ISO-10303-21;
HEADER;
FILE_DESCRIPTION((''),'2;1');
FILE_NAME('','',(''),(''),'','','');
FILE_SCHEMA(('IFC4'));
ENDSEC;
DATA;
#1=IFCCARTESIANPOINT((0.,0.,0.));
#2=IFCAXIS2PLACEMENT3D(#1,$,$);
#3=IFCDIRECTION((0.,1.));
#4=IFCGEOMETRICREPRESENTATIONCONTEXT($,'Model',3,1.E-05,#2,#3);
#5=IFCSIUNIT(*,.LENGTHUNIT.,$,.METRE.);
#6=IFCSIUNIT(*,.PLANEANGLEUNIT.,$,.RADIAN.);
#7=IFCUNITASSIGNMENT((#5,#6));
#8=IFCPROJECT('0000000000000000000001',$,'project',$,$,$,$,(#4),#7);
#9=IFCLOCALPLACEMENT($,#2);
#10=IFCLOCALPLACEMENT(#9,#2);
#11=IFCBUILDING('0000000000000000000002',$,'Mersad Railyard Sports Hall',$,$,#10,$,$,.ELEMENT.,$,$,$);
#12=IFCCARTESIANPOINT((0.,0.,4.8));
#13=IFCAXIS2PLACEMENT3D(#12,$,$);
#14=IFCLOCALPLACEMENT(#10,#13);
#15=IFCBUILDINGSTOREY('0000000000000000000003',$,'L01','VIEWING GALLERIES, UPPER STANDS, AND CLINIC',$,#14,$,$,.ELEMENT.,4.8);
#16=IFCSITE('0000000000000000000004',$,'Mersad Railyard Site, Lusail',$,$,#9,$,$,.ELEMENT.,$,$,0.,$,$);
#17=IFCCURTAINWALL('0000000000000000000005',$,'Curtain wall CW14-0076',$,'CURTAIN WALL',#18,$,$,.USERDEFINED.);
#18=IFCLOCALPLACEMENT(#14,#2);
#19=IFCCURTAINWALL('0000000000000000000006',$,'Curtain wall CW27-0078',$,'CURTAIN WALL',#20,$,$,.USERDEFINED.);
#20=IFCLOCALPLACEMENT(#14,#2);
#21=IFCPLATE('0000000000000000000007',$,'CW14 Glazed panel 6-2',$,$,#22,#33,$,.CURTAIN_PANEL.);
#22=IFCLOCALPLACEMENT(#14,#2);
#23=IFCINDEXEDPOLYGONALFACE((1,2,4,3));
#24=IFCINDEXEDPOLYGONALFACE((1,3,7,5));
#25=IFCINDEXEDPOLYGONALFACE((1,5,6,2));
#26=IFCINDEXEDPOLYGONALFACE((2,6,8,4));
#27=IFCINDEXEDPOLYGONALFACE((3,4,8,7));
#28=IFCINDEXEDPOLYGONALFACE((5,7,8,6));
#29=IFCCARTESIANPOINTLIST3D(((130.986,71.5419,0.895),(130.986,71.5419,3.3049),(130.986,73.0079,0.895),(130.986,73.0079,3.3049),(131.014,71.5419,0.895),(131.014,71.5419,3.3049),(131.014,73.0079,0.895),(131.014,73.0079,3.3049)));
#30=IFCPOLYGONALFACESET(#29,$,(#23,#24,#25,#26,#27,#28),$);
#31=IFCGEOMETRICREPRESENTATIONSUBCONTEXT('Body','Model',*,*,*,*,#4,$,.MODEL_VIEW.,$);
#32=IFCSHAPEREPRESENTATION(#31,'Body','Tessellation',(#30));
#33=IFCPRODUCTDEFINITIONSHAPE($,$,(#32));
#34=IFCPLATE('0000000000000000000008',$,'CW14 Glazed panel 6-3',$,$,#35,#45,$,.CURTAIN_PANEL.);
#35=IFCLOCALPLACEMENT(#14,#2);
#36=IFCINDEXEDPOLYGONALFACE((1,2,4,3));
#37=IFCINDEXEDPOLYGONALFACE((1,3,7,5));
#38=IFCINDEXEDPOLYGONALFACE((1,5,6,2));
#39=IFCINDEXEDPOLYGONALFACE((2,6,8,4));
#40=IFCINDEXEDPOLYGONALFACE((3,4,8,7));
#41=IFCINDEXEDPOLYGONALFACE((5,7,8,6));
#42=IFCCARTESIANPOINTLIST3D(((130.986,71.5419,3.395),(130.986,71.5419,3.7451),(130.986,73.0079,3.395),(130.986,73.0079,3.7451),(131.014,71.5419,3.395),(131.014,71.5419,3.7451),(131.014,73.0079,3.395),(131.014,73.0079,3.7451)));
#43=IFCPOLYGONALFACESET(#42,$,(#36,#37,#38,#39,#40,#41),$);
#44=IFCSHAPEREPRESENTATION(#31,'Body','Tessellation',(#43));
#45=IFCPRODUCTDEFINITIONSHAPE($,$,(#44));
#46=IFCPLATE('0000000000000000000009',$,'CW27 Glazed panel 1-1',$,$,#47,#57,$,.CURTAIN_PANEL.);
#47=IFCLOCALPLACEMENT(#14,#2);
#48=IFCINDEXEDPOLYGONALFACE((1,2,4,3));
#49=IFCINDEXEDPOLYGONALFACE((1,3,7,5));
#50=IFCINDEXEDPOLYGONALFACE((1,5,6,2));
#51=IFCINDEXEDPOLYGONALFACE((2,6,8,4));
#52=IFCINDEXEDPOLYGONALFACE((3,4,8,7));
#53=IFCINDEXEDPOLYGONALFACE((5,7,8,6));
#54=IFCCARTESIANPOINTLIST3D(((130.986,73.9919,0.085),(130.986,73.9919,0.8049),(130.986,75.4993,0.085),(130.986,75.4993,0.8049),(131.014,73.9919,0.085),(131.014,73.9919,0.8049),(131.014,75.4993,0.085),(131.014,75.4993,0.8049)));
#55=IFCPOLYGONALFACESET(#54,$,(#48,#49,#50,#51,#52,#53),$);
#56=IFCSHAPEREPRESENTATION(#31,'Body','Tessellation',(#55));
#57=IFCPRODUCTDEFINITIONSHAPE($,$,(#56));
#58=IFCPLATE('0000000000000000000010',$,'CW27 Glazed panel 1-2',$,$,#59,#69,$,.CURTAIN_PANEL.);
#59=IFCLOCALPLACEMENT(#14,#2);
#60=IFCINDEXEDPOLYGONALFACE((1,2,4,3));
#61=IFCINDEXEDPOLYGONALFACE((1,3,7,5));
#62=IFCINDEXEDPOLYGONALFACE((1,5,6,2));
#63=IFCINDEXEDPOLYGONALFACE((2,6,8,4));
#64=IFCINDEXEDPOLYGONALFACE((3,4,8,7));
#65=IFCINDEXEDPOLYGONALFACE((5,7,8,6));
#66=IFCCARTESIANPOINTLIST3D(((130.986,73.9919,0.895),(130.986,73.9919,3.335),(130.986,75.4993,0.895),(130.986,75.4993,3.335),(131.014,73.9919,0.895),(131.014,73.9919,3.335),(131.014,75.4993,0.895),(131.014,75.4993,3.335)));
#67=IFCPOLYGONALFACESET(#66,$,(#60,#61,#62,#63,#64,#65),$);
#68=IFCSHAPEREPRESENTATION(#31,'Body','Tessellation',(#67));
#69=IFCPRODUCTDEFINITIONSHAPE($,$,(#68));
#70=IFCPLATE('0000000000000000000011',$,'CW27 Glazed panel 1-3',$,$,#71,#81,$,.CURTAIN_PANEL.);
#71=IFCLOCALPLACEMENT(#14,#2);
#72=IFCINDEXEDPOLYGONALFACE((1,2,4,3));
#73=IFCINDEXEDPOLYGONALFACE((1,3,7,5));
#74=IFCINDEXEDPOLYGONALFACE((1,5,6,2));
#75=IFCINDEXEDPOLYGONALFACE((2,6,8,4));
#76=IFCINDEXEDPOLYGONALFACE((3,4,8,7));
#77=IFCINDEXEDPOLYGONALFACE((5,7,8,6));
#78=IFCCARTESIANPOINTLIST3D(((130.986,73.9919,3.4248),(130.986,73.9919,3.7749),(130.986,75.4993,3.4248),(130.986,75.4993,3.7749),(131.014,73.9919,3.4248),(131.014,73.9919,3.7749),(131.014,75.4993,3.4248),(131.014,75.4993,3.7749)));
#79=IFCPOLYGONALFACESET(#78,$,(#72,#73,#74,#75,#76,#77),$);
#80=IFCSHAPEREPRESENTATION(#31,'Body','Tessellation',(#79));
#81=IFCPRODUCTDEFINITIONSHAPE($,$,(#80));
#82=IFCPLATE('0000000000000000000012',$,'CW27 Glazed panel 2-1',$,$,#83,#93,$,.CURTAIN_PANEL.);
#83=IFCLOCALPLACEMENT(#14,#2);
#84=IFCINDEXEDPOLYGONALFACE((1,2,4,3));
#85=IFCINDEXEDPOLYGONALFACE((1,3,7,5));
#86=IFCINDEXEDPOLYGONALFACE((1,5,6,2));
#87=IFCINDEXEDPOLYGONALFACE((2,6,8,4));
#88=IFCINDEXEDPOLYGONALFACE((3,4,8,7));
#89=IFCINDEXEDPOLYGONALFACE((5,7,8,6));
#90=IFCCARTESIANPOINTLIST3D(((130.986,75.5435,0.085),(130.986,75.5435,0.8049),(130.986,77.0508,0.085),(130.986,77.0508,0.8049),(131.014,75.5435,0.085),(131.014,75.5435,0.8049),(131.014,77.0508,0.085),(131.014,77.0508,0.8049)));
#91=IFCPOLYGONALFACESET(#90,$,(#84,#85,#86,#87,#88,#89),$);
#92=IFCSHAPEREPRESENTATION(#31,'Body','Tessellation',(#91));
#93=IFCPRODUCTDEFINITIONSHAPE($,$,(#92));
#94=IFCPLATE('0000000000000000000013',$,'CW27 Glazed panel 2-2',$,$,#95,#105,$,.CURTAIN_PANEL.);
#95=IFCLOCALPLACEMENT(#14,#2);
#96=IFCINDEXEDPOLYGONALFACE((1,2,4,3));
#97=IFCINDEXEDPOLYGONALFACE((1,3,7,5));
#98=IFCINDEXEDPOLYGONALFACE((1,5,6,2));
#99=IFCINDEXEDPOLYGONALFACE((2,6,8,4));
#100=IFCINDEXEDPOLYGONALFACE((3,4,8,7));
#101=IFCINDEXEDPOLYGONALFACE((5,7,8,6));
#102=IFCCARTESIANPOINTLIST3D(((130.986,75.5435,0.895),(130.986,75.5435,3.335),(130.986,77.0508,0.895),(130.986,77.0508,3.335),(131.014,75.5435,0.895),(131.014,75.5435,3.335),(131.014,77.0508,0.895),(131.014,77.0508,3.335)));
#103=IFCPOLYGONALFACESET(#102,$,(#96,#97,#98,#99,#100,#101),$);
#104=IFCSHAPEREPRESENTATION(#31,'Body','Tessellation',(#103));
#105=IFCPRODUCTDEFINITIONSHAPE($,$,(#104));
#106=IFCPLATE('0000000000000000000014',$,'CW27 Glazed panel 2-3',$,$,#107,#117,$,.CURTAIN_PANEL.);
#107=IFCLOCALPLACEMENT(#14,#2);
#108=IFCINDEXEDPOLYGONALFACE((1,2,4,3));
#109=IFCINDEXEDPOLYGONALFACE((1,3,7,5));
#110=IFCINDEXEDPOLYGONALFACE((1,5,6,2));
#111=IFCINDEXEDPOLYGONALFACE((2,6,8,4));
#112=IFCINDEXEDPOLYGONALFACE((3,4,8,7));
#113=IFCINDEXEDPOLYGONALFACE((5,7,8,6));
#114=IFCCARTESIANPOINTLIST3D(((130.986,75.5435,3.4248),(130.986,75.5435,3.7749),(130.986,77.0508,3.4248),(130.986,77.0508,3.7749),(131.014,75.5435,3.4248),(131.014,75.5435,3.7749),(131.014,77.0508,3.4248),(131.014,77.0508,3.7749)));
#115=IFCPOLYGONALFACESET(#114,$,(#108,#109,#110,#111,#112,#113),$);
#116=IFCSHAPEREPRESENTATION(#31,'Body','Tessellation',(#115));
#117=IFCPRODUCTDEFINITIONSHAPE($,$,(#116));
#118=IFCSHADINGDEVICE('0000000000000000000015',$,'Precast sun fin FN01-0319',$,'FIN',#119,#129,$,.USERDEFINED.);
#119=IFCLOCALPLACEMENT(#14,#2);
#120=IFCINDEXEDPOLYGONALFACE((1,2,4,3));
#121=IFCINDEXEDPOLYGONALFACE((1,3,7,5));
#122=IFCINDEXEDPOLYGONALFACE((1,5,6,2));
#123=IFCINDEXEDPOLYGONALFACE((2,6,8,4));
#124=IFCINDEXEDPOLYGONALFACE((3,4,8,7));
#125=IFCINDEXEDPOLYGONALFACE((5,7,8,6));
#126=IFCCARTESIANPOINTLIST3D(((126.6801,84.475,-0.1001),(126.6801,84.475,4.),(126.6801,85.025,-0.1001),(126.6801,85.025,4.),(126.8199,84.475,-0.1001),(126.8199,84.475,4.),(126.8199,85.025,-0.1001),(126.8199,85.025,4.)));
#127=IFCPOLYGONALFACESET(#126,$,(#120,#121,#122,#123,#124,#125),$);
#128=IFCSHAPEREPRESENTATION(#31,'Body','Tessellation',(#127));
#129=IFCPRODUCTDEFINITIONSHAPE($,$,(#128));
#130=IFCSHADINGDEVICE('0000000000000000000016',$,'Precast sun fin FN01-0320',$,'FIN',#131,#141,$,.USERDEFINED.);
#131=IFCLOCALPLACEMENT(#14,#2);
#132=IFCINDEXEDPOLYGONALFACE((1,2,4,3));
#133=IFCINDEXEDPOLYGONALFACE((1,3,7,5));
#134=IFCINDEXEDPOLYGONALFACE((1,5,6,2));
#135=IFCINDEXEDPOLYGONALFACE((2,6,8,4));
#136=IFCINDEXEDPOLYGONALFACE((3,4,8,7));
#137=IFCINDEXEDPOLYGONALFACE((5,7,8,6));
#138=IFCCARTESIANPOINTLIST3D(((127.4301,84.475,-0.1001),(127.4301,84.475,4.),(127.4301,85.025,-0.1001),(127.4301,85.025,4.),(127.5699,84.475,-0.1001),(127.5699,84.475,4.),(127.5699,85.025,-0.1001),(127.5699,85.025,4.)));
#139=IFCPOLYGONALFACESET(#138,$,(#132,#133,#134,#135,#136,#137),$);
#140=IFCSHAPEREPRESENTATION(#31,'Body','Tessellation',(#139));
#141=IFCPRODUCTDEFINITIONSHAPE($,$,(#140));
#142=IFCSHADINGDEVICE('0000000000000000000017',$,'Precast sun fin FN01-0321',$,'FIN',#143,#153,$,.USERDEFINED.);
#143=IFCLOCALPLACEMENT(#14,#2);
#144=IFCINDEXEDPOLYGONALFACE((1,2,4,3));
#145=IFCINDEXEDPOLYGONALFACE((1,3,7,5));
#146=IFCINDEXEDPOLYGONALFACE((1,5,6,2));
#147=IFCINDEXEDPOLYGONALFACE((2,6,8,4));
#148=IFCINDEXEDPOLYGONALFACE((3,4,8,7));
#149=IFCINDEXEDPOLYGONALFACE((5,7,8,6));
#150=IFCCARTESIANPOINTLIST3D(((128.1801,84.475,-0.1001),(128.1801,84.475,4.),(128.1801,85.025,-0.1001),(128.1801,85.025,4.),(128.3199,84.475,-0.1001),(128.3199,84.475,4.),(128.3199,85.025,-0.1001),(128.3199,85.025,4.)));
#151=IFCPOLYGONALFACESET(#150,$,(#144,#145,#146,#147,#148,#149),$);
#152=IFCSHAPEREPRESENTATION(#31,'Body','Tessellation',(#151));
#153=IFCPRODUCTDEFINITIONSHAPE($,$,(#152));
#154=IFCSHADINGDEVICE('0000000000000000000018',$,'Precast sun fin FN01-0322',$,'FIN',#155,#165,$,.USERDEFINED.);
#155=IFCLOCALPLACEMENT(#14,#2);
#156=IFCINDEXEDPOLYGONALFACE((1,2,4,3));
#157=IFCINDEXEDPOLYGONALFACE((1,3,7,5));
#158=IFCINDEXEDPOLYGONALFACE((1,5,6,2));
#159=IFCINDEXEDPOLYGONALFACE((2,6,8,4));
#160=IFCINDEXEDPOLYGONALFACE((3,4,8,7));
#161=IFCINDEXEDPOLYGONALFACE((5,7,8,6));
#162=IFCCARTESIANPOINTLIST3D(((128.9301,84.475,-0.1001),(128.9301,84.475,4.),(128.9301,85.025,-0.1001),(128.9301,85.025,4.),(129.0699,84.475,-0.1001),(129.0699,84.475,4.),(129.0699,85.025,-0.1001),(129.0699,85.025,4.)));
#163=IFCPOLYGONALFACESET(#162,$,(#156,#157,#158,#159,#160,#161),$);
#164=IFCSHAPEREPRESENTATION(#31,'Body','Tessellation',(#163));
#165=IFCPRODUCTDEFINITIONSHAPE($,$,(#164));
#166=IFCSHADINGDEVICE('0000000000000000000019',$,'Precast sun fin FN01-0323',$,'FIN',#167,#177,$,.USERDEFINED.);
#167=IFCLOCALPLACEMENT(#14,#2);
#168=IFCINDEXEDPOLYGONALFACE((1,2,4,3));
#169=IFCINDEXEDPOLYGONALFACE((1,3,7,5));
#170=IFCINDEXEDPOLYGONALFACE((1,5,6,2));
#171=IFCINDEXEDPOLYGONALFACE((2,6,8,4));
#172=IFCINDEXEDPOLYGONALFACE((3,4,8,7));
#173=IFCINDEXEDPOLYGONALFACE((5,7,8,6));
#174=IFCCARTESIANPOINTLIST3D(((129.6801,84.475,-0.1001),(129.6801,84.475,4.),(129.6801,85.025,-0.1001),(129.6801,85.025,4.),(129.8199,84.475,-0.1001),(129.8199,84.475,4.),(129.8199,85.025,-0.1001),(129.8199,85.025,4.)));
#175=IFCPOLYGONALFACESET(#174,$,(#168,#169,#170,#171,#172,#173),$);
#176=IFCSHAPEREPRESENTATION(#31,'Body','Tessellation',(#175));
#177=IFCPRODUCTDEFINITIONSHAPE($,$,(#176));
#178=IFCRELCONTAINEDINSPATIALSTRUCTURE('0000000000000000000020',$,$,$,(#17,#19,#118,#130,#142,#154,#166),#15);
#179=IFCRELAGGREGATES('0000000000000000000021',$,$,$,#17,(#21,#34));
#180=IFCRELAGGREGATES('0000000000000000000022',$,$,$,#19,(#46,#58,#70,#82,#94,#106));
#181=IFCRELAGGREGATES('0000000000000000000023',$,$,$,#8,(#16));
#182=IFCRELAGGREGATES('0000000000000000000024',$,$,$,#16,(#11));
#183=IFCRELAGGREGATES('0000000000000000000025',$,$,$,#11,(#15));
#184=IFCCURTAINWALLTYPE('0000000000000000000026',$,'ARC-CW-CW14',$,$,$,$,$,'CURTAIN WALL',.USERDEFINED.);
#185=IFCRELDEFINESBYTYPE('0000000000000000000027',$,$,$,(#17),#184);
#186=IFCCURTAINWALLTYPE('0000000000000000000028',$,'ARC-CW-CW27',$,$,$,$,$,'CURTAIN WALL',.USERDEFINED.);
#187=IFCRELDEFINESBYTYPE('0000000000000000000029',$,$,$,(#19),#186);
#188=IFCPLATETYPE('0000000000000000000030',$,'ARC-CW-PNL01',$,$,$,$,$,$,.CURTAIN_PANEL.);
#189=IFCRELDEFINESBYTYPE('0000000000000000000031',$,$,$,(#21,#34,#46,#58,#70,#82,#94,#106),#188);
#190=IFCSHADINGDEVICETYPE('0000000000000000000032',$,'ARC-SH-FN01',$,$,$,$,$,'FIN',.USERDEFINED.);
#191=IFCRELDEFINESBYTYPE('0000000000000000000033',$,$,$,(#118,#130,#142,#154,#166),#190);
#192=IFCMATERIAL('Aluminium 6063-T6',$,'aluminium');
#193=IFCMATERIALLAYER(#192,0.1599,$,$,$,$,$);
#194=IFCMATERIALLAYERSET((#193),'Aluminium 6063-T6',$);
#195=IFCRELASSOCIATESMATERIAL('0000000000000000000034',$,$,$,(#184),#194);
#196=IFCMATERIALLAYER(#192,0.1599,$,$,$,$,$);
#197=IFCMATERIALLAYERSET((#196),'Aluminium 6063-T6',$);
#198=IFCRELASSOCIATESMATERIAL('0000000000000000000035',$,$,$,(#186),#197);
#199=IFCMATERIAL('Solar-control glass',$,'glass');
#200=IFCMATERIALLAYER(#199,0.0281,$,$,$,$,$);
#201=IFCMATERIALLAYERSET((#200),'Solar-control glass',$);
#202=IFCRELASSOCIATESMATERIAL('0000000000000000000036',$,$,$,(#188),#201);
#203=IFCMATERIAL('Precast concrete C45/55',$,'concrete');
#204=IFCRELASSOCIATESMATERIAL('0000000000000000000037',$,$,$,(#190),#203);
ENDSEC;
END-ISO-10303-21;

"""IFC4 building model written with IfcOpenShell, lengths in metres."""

from ifc_helpers import new_model, si_unit, direction, frame, origin, origin_2d, place, context, subcontext, project, spatial, rectangle, extrude, material, layer, layer_set, type_object, element, aggregate, save


model = new_model("IFC4")

# Units and contexts
model_context = context("Model", 3, precision=1e-05, world=origin(), true_north=direction((0.0, 1.0)))
body_context = subcontext(model_context, "Body", "Model", "MODEL_VIEW")
ifc_project = project(units=[si_unit("LENGTHUNIT", "METRE"), si_unit("PLANEANGLEUNIT", "RADIAN")], contexts=[model_context])

# Site, building, storey
site_placement = place(None, origin())
site = spatial("IfcSite", under=ifc_project, at=site_placement, Name="Mersad Railyard Site, Lusail", CompositionType="ELEMENT", RefElevation=0.0)
building_placement = place(site_placement, origin())
building = spatial("IfcBuilding", under=site, at=building_placement, Name="Mersad Railyard Sports Hall", CompositionType="ELEMENT")
storey_placement = place(building_placement, frame((0.0, 0.0, 4.8)))
storey = spatial("IfcBuildingStorey", under=building, at=storey_placement, Name="L01", Description="VIEWING GALLERIES, UPPER STANDS, AND CLINIC", CompositionType="ELEMENT", Elevation=4.8)

# Curtain walls
ifc_material_1 = material(Name="Aluminium 6063-T6", Category="aluminium")
ifc_layer_1 = layer(ifc_material_1, 0.1599)
ifc_layer_set_1 = layer_set([ifc_layer_1], Name="Aluminium 6063-T6")
curtain_wall_type_1 = type_object("IfcCurtainWallType", Name="ARC-CW-CW14", ElementType="CURTAIN WALL", PredefinedType="USERDEFINED", material=ifc_layer_set_1)
curtain_wall_1_placement = place(storey_placement, origin())
curtain_wall_1 = element("IfcCurtainWall", 1, at=curtain_wall_1_placement, inside=storey, type_object=curtain_wall_type_1, Name="Curtain wall CW14-0076", ObjectType="CURTAIN WALL", PredefinedType="USERDEFINED")
ifc_layer_2 = layer(ifc_material_1, 0.1599)
ifc_layer_set_2 = layer_set([ifc_layer_2], Name="Aluminium 6063-T6")
curtain_wall_type_2 = type_object("IfcCurtainWallType", Name="ARC-CW-CW27", ElementType="CURTAIN WALL", PredefinedType="USERDEFINED", material=ifc_layer_set_2)
curtain_wall_2_placement = place(storey_placement, origin())
curtain_wall_2 = element("IfcCurtainWall", 2, at=curtain_wall_2_placement, inside=storey, type_object=curtain_wall_type_2, Name="Curtain wall CW27-0078", ObjectType="CURTAIN WALL", PredefinedType="USERDEFINED")

# Plates
ifc_material_2 = material(Name="Solar-control glass", Category="glass")
ifc_layer_3 = layer(ifc_material_2, 0.0281)
ifc_layer_set_3 = layer_set([ifc_layer_3], Name="Solar-control glass")
plate_type = type_object("IfcPlateType", Name="ARC-CW-PNL01", PredefinedType="CURTAIN_PANEL", material=ifc_layer_set_3)
plate_1_placement = place(storey_placement, frame((131.0, 72.2749, 0.895), z_axis=(0.0, 0.0, 1.0), x_axis=(0.0, 1.0, 0.0)))
plate_1 = element("IfcPlate", 3, at=plate_1_placement, type_object=plate_type, Name="CW14 Glazed panel 6-2", PredefinedType="CURTAIN_PANEL", context=body_context, shape_type="SweptSolid", body=[
    extrude(rectangle(XDim=1.4661, YDim=0.0281, at=origin_2d()), origin(), (0.0, 0.0, 1.0), 2.4099),
])
plate_2_placement = place(storey_placement, frame((131.0, 72.2749, 3.395), z_axis=(0.0, 0.0, 1.0), x_axis=(0.0, 1.0, 0.0)))
plate_2 = element("IfcPlate", 4, at=plate_2_placement, type_object=plate_type, Name="CW14 Glazed panel 6-3", PredefinedType="CURTAIN_PANEL", context=body_context, shape_type="SweptSolid", body=[
    extrude(rectangle(XDim=1.4661, YDim=0.0281, at=origin_2d()), origin(), (0.0, 0.0, 1.0), 0.3501),
])
aggregate(curtain_wall_1, [plate_1, plate_2])
plate_3_placement = place(storey_placement, frame((131.0, 74.7456, 0.085), z_axis=(0.0, 0.0, 1.0), x_axis=(0.0, 1.0, 0.0)))
plate_3 = element("IfcPlate", 5, at=plate_3_placement, type_object=plate_type, Name="CW27 Glazed panel 1-1", PredefinedType="CURTAIN_PANEL", context=body_context, shape_type="SweptSolid", body=[
    extrude(rectangle(XDim=1.5073, YDim=0.0281, at=origin_2d()), origin(), (0.0, 0.0, 1.0), 0.72),
])
plate_4_placement = place(storey_placement, frame((131.0, 74.7456, 0.895), z_axis=(0.0, 0.0, 1.0), x_axis=(0.0, 1.0, 0.0)))
plate_4 = element("IfcPlate", 6, at=plate_4_placement, type_object=plate_type, Name="CW27 Glazed panel 1-2", PredefinedType="CURTAIN_PANEL", context=body_context, shape_type="SweptSolid", body=[
    extrude(rectangle(XDim=1.5073, YDim=0.0281, at=origin_2d()), origin(), (0.0, 0.0, 1.0), 2.4399),
])
plate_5_placement = place(storey_placement, frame((131.0, 74.7456, 3.4248), z_axis=(0.0, 0.0, 1.0), x_axis=(0.0, 1.0, 0.0)))
plate_5 = element("IfcPlate", 7, at=plate_5_placement, type_object=plate_type, Name="CW27 Glazed panel 1-3", PredefinedType="CURTAIN_PANEL", context=body_context, shape_type="SweptSolid", body=[
    extrude(rectangle(XDim=1.5073, YDim=0.0281, at=origin_2d()), origin(), (0.0, 0.0, 1.0), 0.3501),
])
plate_6_placement = place(storey_placement, frame((131.0, 76.2971, 0.085), z_axis=(0.0, 0.0, 1.0), x_axis=(0.0, 1.0, 0.0)))
plate_6 = element("IfcPlate", 8, at=plate_6_placement, type_object=plate_type, Name="CW27 Glazed panel 2-1", PredefinedType="CURTAIN_PANEL", context=body_context, shape_type="SweptSolid", body=[
    extrude(rectangle(XDim=1.5073, YDim=0.0281, at=origin_2d()), origin(), (0.0, 0.0, 1.0), 0.72),
])
plate_7_placement = place(storey_placement, frame((131.0, 76.2971, 0.895), z_axis=(0.0, 0.0, 1.0), x_axis=(0.0, 1.0, 0.0)))
plate_7 = element("IfcPlate", 9, at=plate_7_placement, type_object=plate_type, Name="CW27 Glazed panel 2-2", PredefinedType="CURTAIN_PANEL", context=body_context, shape_type="SweptSolid", body=[
    extrude(rectangle(XDim=1.5073, YDim=0.0281, at=origin_2d()), origin(), (0.0, 0.0, 1.0), 2.4399),
])
plate_8_placement = place(storey_placement, frame((131.0, 76.2971, 3.4248), z_axis=(0.0, 0.0, 1.0), x_axis=(0.0, 1.0, 0.0)))
plate_8 = element("IfcPlate", 10, at=plate_8_placement, type_object=plate_type, Name="CW27 Glazed panel 2-3", PredefinedType="CURTAIN_PANEL", context=body_context, shape_type="SweptSolid", body=[
    extrude(rectangle(XDim=1.5073, YDim=0.0281, at=origin_2d()), origin(), (0.0, 0.0, 1.0), 0.3501),
])
aggregate(curtain_wall_2, [plate_3, plate_4, plate_5, plate_6, plate_7, plate_8])

# Shading devices
ifc_material_3 = material(Name="Precast concrete C45/55", Category="concrete")
shading_device_type = type_object("IfcShadingDeviceType", Name="ARC-SH-FN01", ElementType="FIN", PredefinedType="USERDEFINED", material=ifc_material_3)
for number, where, z_axis, x_axis, name in (
    (11, (126.75, 84.75, -0.1001), (0.0, 0.0, 1.0), (1.0, 0.0, 0.0), "Precast sun fin FN01-0319"),
    (12, (127.5, 84.75, -0.1001), (0.0, 0.0, 1.0), (1.0, 0.0, 0.0), "Precast sun fin FN01-0320"),
    (13, (128.25, 84.75, -0.1001), (0.0, 0.0, 1.0), (1.0, 0.0, 0.0), "Precast sun fin FN01-0321"),
    (14, (129.0, 84.75, -0.1001), (0.0, 0.0, 1.0), (1.0, 0.0, 0.0), "Precast sun fin FN01-0322"),
    (15, (129.75, 84.75, -0.1001), (0.0, 0.0, 1.0), (1.0, 0.0, 0.0), "Precast sun fin FN01-0323"),
):
    element("IfcShadingDevice", number, at=place(storey_placement, frame(where, z_axis=z_axis, x_axis=x_axis)), inside=storey, type_object=shading_device_type, Name=name, ObjectType="FIN", PredefinedType="USERDEFINED", context=body_context, shape_type="SweptSolid", body=[
        extrude(rectangle(XDim=0.1399, YDim=0.55, at=origin_2d()), origin(), (0.0, 0.0, 1.0), 4.1001),
    ])

save(model, "model.ifc")
